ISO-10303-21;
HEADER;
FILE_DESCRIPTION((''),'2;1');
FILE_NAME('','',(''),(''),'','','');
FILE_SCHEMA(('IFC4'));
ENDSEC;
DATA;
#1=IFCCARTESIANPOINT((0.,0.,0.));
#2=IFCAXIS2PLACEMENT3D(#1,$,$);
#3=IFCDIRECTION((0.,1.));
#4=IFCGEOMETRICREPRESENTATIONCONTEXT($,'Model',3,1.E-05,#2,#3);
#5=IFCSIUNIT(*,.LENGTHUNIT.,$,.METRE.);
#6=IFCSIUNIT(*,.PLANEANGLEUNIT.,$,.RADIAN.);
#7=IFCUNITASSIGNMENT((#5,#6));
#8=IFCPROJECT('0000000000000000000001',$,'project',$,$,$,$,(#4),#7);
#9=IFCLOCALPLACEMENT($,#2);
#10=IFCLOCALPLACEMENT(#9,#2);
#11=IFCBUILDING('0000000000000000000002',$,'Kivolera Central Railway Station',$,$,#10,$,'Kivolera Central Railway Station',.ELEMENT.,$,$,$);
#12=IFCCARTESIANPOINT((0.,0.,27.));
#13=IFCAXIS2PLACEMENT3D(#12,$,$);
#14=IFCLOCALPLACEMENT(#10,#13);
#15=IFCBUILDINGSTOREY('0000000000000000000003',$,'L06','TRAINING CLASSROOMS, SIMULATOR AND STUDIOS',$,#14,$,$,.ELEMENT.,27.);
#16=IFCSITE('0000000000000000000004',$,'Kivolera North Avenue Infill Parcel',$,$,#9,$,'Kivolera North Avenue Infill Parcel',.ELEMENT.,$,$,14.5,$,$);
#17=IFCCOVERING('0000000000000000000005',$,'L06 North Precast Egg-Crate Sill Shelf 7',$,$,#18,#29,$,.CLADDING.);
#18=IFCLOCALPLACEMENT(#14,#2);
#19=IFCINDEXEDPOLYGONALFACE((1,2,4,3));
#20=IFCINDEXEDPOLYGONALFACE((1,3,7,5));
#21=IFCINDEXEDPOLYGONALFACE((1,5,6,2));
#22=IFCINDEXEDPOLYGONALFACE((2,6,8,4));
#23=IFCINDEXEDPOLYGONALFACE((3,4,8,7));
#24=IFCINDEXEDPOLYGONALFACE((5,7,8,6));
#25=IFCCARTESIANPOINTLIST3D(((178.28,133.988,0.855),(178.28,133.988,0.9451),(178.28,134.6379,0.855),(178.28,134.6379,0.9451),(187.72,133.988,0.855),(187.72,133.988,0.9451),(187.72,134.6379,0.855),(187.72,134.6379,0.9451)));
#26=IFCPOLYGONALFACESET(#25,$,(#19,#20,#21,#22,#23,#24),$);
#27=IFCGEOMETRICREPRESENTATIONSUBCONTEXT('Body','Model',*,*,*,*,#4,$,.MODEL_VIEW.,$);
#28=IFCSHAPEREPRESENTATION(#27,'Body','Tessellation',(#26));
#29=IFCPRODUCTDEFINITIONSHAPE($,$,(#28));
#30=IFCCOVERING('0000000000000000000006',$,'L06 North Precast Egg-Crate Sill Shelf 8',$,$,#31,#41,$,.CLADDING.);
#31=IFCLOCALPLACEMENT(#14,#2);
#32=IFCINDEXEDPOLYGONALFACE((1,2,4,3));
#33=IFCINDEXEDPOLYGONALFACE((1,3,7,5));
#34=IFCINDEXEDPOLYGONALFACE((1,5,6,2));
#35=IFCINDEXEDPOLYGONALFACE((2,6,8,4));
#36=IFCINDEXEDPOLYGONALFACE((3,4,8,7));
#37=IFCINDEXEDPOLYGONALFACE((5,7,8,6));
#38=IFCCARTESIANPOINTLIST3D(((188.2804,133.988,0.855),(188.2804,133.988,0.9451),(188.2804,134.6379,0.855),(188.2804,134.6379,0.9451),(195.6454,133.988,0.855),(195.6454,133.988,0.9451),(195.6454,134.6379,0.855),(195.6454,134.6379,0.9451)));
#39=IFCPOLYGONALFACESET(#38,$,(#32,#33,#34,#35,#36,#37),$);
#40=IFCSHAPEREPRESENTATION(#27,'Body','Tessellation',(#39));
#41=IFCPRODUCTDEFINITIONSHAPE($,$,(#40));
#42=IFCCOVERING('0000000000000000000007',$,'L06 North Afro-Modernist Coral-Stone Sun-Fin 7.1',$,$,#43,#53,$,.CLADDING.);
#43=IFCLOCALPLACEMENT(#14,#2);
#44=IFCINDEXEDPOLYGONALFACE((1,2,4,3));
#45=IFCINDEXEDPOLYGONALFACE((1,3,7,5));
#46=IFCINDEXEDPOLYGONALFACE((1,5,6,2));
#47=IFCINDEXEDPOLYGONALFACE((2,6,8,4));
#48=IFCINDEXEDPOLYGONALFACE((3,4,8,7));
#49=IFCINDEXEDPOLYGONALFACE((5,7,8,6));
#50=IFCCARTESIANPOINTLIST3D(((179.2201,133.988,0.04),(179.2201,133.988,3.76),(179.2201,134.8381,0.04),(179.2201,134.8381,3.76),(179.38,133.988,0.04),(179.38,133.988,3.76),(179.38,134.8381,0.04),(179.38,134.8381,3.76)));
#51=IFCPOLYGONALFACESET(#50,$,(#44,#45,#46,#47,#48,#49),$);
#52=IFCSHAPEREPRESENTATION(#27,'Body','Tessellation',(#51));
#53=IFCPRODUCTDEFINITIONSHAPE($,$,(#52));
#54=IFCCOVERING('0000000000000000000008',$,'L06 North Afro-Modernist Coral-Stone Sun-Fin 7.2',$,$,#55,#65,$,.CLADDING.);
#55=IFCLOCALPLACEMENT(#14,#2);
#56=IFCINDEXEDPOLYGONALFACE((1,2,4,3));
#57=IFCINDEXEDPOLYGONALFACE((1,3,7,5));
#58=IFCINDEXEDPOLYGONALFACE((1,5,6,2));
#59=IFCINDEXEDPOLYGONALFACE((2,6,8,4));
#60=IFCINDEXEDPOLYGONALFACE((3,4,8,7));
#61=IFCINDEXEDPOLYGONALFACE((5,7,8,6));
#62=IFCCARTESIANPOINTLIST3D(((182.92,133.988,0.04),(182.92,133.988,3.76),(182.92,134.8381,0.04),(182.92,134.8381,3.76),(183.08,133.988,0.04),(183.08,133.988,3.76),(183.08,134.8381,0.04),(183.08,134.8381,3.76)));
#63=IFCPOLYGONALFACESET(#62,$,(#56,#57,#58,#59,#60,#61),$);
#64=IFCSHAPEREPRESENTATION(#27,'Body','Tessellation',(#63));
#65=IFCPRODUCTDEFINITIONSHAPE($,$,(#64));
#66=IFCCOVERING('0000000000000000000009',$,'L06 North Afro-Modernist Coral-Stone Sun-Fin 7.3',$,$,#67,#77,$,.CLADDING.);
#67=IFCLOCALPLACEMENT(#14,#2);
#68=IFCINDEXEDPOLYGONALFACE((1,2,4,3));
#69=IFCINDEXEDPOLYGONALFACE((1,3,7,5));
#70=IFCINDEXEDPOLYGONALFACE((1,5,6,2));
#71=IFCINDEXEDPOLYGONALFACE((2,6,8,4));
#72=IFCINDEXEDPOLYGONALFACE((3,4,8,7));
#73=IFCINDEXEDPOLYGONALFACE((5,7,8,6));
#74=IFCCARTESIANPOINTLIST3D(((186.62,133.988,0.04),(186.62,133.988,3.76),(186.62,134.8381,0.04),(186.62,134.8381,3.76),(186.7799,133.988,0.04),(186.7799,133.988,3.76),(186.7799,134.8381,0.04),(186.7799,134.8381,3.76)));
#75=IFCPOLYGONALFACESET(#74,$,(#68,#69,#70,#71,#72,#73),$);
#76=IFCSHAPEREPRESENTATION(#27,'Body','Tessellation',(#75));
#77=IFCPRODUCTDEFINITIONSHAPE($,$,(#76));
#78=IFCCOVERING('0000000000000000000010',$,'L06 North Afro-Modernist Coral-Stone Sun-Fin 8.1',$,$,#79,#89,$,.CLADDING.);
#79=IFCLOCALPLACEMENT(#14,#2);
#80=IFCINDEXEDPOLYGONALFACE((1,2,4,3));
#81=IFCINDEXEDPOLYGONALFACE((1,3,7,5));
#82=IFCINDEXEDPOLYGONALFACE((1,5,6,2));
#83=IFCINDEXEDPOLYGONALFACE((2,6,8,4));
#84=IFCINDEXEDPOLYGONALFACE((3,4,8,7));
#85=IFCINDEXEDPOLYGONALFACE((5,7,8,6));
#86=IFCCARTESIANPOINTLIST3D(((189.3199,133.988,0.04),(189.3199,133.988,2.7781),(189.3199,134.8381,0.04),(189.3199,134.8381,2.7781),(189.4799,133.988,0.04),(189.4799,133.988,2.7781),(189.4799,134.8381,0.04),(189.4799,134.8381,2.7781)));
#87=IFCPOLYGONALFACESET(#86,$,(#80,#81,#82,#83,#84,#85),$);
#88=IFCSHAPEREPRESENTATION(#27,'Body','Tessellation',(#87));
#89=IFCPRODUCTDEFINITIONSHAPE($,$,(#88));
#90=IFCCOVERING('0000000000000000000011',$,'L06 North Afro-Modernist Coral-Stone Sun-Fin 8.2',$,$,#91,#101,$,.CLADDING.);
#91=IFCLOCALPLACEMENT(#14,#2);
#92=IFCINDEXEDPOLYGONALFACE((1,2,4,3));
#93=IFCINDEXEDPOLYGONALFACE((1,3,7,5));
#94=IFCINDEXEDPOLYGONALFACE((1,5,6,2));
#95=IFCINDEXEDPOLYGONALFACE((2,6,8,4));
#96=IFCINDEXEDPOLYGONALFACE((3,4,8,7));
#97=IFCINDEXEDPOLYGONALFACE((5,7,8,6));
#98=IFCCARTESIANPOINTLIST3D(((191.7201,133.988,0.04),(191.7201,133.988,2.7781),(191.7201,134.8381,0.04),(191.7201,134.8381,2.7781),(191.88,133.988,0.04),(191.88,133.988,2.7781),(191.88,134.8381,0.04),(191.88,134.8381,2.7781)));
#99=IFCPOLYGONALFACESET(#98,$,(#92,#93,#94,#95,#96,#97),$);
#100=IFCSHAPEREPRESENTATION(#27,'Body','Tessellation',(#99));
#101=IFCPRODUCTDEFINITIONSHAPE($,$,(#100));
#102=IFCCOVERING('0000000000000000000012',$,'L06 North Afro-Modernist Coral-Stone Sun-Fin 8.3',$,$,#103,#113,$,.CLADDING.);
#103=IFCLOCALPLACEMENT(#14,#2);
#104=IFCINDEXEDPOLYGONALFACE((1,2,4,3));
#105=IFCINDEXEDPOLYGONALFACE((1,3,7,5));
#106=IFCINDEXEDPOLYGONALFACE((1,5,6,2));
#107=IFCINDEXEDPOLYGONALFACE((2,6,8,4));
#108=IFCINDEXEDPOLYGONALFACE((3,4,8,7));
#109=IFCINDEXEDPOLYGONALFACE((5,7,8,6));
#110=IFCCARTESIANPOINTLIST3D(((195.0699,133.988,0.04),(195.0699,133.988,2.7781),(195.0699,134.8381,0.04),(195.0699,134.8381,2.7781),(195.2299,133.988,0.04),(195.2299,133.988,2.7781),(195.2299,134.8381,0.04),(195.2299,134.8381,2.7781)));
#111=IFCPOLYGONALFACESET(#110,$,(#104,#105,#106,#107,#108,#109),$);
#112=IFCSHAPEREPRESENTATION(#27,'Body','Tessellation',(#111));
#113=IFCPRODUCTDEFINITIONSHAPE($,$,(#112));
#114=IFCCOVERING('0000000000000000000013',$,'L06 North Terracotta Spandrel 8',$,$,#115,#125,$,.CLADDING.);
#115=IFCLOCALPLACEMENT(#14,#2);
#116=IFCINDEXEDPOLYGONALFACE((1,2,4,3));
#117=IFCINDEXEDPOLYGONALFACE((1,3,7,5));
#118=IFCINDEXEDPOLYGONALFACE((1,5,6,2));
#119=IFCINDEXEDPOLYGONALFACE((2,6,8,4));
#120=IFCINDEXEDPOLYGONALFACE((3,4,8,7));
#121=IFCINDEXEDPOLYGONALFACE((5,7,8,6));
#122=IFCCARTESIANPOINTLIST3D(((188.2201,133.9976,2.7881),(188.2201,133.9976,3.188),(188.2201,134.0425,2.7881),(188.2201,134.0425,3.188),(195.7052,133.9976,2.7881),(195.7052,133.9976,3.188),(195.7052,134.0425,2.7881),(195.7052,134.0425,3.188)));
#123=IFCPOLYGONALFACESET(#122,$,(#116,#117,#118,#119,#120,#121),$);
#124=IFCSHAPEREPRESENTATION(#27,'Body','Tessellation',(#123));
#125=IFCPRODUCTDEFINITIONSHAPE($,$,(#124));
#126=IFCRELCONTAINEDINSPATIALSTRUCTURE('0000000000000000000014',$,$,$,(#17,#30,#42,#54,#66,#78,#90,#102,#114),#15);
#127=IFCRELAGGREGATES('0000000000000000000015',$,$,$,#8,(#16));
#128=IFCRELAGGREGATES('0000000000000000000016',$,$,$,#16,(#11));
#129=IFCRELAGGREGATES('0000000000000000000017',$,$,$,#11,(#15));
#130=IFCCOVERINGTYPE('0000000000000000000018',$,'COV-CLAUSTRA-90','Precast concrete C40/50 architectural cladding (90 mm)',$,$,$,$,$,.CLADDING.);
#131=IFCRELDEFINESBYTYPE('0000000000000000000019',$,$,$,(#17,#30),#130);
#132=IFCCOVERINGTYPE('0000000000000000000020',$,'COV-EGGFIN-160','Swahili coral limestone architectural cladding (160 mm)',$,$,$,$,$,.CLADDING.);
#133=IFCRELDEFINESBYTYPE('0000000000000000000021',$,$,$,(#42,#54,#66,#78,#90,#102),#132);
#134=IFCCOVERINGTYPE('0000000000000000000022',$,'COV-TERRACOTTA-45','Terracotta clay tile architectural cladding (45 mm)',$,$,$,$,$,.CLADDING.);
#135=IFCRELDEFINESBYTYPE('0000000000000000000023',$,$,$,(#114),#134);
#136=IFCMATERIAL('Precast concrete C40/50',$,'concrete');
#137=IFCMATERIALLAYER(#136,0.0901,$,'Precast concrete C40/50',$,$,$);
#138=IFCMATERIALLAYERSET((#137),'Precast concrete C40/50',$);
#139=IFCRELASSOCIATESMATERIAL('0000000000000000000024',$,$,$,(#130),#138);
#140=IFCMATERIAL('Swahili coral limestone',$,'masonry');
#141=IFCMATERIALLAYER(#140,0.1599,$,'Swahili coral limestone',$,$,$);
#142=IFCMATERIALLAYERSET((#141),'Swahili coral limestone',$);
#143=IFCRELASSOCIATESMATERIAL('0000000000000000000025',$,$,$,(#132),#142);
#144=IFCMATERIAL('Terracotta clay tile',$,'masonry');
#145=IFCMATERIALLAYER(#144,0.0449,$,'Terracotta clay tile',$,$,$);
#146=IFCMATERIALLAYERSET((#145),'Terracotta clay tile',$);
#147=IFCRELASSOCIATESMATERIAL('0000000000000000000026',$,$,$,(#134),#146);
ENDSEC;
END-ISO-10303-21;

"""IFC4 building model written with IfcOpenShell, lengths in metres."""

from ifc_helpers import new_model, si_unit, direction, frame, frame_2d, origin, origin_2d, place, context, subcontext, project, spatial, rectangle, extrude, material, layer, layer_set, type_object, element, save


model = new_model("IFC4")

# Units and contexts
model_context = context("Model", 3, precision=1e-05, world=origin(), true_north=direction((0.0, 1.0)))
body_context = subcontext(model_context, "Body", "Model", "MODEL_VIEW")
ifc_project = project(units=[si_unit("LENGTHUNIT", "METRE"), si_unit("PLANEANGLEUNIT", "RADIAN")], contexts=[model_context])

# Site, building, storey
site_placement = place(None, origin())
site = spatial("IfcSite", under=ifc_project, at=site_placement, Name="Kivolera North Avenue Infill Parcel", LongName="Kivolera North Avenue Infill Parcel", CompositionType="ELEMENT", RefElevation=14.5)
building_placement = place(site_placement, origin())
building = spatial("IfcBuilding", under=site, at=building_placement, Name="Kivolera Central Railway Station", LongName="Kivolera Central Railway Station", CompositionType="ELEMENT")
storey_placement = place(building_placement, frame((0.0, 0.0, 27.0)))
storey = spatial("IfcBuildingStorey", under=building, at=storey_placement, Name="L06", Description="TRAINING CLASSROOMS, SIMULATOR AND STUDIOS", CompositionType="ELEMENT", Elevation=27.0)

# Shared definitions
ifc_material_1 = material(Name="Swahili coral limestone", Category="masonry")

# Shared definitions
ifc_material_2 = material(Name="Precast concrete C40/50", Category="concrete")

# Coverings
ifc_layer_1 = layer(ifc_material_2, 0.0901, Name="Precast concrete C40/50")
ifc_layer_set_1 = layer_set([ifc_layer_1], Name="Precast concrete C40/50")
covering_type_1 = type_object("IfcCoveringType", Name="COV-CLAUSTRA-90", Description="Precast concrete C40/50 architectural cladding (90 mm)", PredefinedType="CLADDING", material=ifc_layer_set_1)
covering_1_placement = place(storey_placement, frame((183.0, 134.313, 0.855), z_axis=(0.0, 0.0, 1.0), x_axis=(1.0, 0.0, 0.0)))
element("IfcCovering", 1, at=covering_1_placement, inside=storey, type_object=covering_type_1, Name="L06 North Precast Egg-Crate Sill Shelf 7", PredefinedType="CLADDING", context=body_context, shape_type="SweptSolid", body=[
    extrude(rectangle(XDim=9.4399, YDim=0.6499, at=origin_2d()), origin(), (0.0, 0.0, 1.0), 0.0901),
])
covering_2_placement = place(storey_placement, frame((191.9629, 134.313, 0.855), z_axis=(0.0, 0.0, 1.0), x_axis=(1.0, 0.0, 0.0)))
element("IfcCovering", 2, at=covering_2_placement, inside=storey, type_object=covering_type_1, Name="L06 North Precast Egg-Crate Sill Shelf 8", PredefinedType="CLADDING", context=body_context, shape_type="SweptSolid", body=[
    extrude(rectangle(XDim=7.365, YDim=0.6499, at=origin_2d()), origin(), (0.0, 0.0, 1.0), 0.0901),
])
ifc_layer_2 = layer(ifc_material_1, 0.1599, Name="Swahili coral limestone")
ifc_layer_set_2 = layer_set([ifc_layer_2], Name="Swahili coral limestone")
covering_type_2 = type_object("IfcCoveringType", Name="COV-EGGFIN-160", Description="Swahili coral limestone architectural cladding (160 mm)", PredefinedType="CLADDING", material=ifc_layer_set_2)
for number, where, z_axis, x_axis, name in (
    (3, (179.3, 134.4131, 0.04), (0.0, 0.0, 1.0), (1.0, 0.0, 0.0), "L06 North Afro-Modernist Coral-Stone Sun-Fin 7.1"),
    (4, (183.0, 134.4131, 0.04), (0.0, 0.0, 1.0), (1.0, 0.0, 0.0), "L06 North Afro-Modernist Coral-Stone Sun-Fin 7.2"),
    (5, (186.7, 134.4131, 0.04), (0.0, 0.0, 1.0), (1.0, 0.0, 0.0), "L06 North Afro-Modernist Coral-Stone Sun-Fin 7.3"),
):
    element("IfcCovering", number, at=place(storey_placement, frame(where, z_axis=z_axis, x_axis=x_axis)), inside=storey, type_object=covering_type_2, Name=name, PredefinedType="CLADDING", context=body_context, shape_type="SweptSolid", body=[
        extrude(rectangle(XDim=0.1599, YDim=0.8501, at=origin_2d()), origin(), (0.0, 0.0, 1.0), 3.72),
    ])
for number, where, z_axis, x_axis, name in (
    (6, (189.3999, 134.4131, 0.04), (0.0, 0.0, 1.0), (1.0, 0.0, 0.0), "L06 North Afro-Modernist Coral-Stone Sun-Fin 8.1"),
    (7, (191.8, 134.4131, 0.04), (0.0, 0.0, 1.0), (1.0, 0.0, 0.0), "L06 North Afro-Modernist Coral-Stone Sun-Fin 8.2"),
    (8, (195.1499, 134.4131, 0.04), (0.0, 0.0, 1.0), (1.0, 0.0, 0.0), "L06 North Afro-Modernist Coral-Stone Sun-Fin 8.3"),
):
    element("IfcCovering", number, at=place(storey_placement, frame(where, z_axis=z_axis, x_axis=x_axis)), inside=storey, type_object=covering_type_2, Name=name, PredefinedType="CLADDING", context=body_context, shape_type="SweptSolid", body=[
        extrude(rectangle(XDim=0.1599, YDim=0.8501, at=origin_2d()), origin(), (0.0, 0.0, 1.0), 2.738),
    ])
ifc_material_3 = material(Name="Terracotta clay tile", Category="masonry")
ifc_layer_3 = layer(ifc_material_3, 0.0449, Name="Terracotta clay tile")
ifc_layer_set_3 = layer_set([ifc_layer_3], Name="Terracotta clay tile")
covering_type_3 = type_object("IfcCoveringType", Name="COV-TERRACOTTA-45", Description="Terracotta clay tile architectural cladding (45 mm)", PredefinedType="CLADDING", material=ifc_layer_set_3)
covering_3_placement = place(storey_placement, frame((188.22, 134.02, 2.7881), z_axis=(0.0, 0.0, 1.0), x_axis=(1.0, 0.0, 0.0)))
element("IfcCovering", 9, at=covering_3_placement, inside=storey, type_object=covering_type_3, Name="L06 North Terracotta Spandrel 8", PredefinedType="CLADDING", context=body_context, shape_type="SweptSolid", body=[
    extrude(rectangle(XDim=7.4851, YDim=0.0449, at=frame_2d((3.7427, 0.0))), origin(), (0.0, 0.0, 1.0), 0.3999),
])

save(model, "model.ifc")
